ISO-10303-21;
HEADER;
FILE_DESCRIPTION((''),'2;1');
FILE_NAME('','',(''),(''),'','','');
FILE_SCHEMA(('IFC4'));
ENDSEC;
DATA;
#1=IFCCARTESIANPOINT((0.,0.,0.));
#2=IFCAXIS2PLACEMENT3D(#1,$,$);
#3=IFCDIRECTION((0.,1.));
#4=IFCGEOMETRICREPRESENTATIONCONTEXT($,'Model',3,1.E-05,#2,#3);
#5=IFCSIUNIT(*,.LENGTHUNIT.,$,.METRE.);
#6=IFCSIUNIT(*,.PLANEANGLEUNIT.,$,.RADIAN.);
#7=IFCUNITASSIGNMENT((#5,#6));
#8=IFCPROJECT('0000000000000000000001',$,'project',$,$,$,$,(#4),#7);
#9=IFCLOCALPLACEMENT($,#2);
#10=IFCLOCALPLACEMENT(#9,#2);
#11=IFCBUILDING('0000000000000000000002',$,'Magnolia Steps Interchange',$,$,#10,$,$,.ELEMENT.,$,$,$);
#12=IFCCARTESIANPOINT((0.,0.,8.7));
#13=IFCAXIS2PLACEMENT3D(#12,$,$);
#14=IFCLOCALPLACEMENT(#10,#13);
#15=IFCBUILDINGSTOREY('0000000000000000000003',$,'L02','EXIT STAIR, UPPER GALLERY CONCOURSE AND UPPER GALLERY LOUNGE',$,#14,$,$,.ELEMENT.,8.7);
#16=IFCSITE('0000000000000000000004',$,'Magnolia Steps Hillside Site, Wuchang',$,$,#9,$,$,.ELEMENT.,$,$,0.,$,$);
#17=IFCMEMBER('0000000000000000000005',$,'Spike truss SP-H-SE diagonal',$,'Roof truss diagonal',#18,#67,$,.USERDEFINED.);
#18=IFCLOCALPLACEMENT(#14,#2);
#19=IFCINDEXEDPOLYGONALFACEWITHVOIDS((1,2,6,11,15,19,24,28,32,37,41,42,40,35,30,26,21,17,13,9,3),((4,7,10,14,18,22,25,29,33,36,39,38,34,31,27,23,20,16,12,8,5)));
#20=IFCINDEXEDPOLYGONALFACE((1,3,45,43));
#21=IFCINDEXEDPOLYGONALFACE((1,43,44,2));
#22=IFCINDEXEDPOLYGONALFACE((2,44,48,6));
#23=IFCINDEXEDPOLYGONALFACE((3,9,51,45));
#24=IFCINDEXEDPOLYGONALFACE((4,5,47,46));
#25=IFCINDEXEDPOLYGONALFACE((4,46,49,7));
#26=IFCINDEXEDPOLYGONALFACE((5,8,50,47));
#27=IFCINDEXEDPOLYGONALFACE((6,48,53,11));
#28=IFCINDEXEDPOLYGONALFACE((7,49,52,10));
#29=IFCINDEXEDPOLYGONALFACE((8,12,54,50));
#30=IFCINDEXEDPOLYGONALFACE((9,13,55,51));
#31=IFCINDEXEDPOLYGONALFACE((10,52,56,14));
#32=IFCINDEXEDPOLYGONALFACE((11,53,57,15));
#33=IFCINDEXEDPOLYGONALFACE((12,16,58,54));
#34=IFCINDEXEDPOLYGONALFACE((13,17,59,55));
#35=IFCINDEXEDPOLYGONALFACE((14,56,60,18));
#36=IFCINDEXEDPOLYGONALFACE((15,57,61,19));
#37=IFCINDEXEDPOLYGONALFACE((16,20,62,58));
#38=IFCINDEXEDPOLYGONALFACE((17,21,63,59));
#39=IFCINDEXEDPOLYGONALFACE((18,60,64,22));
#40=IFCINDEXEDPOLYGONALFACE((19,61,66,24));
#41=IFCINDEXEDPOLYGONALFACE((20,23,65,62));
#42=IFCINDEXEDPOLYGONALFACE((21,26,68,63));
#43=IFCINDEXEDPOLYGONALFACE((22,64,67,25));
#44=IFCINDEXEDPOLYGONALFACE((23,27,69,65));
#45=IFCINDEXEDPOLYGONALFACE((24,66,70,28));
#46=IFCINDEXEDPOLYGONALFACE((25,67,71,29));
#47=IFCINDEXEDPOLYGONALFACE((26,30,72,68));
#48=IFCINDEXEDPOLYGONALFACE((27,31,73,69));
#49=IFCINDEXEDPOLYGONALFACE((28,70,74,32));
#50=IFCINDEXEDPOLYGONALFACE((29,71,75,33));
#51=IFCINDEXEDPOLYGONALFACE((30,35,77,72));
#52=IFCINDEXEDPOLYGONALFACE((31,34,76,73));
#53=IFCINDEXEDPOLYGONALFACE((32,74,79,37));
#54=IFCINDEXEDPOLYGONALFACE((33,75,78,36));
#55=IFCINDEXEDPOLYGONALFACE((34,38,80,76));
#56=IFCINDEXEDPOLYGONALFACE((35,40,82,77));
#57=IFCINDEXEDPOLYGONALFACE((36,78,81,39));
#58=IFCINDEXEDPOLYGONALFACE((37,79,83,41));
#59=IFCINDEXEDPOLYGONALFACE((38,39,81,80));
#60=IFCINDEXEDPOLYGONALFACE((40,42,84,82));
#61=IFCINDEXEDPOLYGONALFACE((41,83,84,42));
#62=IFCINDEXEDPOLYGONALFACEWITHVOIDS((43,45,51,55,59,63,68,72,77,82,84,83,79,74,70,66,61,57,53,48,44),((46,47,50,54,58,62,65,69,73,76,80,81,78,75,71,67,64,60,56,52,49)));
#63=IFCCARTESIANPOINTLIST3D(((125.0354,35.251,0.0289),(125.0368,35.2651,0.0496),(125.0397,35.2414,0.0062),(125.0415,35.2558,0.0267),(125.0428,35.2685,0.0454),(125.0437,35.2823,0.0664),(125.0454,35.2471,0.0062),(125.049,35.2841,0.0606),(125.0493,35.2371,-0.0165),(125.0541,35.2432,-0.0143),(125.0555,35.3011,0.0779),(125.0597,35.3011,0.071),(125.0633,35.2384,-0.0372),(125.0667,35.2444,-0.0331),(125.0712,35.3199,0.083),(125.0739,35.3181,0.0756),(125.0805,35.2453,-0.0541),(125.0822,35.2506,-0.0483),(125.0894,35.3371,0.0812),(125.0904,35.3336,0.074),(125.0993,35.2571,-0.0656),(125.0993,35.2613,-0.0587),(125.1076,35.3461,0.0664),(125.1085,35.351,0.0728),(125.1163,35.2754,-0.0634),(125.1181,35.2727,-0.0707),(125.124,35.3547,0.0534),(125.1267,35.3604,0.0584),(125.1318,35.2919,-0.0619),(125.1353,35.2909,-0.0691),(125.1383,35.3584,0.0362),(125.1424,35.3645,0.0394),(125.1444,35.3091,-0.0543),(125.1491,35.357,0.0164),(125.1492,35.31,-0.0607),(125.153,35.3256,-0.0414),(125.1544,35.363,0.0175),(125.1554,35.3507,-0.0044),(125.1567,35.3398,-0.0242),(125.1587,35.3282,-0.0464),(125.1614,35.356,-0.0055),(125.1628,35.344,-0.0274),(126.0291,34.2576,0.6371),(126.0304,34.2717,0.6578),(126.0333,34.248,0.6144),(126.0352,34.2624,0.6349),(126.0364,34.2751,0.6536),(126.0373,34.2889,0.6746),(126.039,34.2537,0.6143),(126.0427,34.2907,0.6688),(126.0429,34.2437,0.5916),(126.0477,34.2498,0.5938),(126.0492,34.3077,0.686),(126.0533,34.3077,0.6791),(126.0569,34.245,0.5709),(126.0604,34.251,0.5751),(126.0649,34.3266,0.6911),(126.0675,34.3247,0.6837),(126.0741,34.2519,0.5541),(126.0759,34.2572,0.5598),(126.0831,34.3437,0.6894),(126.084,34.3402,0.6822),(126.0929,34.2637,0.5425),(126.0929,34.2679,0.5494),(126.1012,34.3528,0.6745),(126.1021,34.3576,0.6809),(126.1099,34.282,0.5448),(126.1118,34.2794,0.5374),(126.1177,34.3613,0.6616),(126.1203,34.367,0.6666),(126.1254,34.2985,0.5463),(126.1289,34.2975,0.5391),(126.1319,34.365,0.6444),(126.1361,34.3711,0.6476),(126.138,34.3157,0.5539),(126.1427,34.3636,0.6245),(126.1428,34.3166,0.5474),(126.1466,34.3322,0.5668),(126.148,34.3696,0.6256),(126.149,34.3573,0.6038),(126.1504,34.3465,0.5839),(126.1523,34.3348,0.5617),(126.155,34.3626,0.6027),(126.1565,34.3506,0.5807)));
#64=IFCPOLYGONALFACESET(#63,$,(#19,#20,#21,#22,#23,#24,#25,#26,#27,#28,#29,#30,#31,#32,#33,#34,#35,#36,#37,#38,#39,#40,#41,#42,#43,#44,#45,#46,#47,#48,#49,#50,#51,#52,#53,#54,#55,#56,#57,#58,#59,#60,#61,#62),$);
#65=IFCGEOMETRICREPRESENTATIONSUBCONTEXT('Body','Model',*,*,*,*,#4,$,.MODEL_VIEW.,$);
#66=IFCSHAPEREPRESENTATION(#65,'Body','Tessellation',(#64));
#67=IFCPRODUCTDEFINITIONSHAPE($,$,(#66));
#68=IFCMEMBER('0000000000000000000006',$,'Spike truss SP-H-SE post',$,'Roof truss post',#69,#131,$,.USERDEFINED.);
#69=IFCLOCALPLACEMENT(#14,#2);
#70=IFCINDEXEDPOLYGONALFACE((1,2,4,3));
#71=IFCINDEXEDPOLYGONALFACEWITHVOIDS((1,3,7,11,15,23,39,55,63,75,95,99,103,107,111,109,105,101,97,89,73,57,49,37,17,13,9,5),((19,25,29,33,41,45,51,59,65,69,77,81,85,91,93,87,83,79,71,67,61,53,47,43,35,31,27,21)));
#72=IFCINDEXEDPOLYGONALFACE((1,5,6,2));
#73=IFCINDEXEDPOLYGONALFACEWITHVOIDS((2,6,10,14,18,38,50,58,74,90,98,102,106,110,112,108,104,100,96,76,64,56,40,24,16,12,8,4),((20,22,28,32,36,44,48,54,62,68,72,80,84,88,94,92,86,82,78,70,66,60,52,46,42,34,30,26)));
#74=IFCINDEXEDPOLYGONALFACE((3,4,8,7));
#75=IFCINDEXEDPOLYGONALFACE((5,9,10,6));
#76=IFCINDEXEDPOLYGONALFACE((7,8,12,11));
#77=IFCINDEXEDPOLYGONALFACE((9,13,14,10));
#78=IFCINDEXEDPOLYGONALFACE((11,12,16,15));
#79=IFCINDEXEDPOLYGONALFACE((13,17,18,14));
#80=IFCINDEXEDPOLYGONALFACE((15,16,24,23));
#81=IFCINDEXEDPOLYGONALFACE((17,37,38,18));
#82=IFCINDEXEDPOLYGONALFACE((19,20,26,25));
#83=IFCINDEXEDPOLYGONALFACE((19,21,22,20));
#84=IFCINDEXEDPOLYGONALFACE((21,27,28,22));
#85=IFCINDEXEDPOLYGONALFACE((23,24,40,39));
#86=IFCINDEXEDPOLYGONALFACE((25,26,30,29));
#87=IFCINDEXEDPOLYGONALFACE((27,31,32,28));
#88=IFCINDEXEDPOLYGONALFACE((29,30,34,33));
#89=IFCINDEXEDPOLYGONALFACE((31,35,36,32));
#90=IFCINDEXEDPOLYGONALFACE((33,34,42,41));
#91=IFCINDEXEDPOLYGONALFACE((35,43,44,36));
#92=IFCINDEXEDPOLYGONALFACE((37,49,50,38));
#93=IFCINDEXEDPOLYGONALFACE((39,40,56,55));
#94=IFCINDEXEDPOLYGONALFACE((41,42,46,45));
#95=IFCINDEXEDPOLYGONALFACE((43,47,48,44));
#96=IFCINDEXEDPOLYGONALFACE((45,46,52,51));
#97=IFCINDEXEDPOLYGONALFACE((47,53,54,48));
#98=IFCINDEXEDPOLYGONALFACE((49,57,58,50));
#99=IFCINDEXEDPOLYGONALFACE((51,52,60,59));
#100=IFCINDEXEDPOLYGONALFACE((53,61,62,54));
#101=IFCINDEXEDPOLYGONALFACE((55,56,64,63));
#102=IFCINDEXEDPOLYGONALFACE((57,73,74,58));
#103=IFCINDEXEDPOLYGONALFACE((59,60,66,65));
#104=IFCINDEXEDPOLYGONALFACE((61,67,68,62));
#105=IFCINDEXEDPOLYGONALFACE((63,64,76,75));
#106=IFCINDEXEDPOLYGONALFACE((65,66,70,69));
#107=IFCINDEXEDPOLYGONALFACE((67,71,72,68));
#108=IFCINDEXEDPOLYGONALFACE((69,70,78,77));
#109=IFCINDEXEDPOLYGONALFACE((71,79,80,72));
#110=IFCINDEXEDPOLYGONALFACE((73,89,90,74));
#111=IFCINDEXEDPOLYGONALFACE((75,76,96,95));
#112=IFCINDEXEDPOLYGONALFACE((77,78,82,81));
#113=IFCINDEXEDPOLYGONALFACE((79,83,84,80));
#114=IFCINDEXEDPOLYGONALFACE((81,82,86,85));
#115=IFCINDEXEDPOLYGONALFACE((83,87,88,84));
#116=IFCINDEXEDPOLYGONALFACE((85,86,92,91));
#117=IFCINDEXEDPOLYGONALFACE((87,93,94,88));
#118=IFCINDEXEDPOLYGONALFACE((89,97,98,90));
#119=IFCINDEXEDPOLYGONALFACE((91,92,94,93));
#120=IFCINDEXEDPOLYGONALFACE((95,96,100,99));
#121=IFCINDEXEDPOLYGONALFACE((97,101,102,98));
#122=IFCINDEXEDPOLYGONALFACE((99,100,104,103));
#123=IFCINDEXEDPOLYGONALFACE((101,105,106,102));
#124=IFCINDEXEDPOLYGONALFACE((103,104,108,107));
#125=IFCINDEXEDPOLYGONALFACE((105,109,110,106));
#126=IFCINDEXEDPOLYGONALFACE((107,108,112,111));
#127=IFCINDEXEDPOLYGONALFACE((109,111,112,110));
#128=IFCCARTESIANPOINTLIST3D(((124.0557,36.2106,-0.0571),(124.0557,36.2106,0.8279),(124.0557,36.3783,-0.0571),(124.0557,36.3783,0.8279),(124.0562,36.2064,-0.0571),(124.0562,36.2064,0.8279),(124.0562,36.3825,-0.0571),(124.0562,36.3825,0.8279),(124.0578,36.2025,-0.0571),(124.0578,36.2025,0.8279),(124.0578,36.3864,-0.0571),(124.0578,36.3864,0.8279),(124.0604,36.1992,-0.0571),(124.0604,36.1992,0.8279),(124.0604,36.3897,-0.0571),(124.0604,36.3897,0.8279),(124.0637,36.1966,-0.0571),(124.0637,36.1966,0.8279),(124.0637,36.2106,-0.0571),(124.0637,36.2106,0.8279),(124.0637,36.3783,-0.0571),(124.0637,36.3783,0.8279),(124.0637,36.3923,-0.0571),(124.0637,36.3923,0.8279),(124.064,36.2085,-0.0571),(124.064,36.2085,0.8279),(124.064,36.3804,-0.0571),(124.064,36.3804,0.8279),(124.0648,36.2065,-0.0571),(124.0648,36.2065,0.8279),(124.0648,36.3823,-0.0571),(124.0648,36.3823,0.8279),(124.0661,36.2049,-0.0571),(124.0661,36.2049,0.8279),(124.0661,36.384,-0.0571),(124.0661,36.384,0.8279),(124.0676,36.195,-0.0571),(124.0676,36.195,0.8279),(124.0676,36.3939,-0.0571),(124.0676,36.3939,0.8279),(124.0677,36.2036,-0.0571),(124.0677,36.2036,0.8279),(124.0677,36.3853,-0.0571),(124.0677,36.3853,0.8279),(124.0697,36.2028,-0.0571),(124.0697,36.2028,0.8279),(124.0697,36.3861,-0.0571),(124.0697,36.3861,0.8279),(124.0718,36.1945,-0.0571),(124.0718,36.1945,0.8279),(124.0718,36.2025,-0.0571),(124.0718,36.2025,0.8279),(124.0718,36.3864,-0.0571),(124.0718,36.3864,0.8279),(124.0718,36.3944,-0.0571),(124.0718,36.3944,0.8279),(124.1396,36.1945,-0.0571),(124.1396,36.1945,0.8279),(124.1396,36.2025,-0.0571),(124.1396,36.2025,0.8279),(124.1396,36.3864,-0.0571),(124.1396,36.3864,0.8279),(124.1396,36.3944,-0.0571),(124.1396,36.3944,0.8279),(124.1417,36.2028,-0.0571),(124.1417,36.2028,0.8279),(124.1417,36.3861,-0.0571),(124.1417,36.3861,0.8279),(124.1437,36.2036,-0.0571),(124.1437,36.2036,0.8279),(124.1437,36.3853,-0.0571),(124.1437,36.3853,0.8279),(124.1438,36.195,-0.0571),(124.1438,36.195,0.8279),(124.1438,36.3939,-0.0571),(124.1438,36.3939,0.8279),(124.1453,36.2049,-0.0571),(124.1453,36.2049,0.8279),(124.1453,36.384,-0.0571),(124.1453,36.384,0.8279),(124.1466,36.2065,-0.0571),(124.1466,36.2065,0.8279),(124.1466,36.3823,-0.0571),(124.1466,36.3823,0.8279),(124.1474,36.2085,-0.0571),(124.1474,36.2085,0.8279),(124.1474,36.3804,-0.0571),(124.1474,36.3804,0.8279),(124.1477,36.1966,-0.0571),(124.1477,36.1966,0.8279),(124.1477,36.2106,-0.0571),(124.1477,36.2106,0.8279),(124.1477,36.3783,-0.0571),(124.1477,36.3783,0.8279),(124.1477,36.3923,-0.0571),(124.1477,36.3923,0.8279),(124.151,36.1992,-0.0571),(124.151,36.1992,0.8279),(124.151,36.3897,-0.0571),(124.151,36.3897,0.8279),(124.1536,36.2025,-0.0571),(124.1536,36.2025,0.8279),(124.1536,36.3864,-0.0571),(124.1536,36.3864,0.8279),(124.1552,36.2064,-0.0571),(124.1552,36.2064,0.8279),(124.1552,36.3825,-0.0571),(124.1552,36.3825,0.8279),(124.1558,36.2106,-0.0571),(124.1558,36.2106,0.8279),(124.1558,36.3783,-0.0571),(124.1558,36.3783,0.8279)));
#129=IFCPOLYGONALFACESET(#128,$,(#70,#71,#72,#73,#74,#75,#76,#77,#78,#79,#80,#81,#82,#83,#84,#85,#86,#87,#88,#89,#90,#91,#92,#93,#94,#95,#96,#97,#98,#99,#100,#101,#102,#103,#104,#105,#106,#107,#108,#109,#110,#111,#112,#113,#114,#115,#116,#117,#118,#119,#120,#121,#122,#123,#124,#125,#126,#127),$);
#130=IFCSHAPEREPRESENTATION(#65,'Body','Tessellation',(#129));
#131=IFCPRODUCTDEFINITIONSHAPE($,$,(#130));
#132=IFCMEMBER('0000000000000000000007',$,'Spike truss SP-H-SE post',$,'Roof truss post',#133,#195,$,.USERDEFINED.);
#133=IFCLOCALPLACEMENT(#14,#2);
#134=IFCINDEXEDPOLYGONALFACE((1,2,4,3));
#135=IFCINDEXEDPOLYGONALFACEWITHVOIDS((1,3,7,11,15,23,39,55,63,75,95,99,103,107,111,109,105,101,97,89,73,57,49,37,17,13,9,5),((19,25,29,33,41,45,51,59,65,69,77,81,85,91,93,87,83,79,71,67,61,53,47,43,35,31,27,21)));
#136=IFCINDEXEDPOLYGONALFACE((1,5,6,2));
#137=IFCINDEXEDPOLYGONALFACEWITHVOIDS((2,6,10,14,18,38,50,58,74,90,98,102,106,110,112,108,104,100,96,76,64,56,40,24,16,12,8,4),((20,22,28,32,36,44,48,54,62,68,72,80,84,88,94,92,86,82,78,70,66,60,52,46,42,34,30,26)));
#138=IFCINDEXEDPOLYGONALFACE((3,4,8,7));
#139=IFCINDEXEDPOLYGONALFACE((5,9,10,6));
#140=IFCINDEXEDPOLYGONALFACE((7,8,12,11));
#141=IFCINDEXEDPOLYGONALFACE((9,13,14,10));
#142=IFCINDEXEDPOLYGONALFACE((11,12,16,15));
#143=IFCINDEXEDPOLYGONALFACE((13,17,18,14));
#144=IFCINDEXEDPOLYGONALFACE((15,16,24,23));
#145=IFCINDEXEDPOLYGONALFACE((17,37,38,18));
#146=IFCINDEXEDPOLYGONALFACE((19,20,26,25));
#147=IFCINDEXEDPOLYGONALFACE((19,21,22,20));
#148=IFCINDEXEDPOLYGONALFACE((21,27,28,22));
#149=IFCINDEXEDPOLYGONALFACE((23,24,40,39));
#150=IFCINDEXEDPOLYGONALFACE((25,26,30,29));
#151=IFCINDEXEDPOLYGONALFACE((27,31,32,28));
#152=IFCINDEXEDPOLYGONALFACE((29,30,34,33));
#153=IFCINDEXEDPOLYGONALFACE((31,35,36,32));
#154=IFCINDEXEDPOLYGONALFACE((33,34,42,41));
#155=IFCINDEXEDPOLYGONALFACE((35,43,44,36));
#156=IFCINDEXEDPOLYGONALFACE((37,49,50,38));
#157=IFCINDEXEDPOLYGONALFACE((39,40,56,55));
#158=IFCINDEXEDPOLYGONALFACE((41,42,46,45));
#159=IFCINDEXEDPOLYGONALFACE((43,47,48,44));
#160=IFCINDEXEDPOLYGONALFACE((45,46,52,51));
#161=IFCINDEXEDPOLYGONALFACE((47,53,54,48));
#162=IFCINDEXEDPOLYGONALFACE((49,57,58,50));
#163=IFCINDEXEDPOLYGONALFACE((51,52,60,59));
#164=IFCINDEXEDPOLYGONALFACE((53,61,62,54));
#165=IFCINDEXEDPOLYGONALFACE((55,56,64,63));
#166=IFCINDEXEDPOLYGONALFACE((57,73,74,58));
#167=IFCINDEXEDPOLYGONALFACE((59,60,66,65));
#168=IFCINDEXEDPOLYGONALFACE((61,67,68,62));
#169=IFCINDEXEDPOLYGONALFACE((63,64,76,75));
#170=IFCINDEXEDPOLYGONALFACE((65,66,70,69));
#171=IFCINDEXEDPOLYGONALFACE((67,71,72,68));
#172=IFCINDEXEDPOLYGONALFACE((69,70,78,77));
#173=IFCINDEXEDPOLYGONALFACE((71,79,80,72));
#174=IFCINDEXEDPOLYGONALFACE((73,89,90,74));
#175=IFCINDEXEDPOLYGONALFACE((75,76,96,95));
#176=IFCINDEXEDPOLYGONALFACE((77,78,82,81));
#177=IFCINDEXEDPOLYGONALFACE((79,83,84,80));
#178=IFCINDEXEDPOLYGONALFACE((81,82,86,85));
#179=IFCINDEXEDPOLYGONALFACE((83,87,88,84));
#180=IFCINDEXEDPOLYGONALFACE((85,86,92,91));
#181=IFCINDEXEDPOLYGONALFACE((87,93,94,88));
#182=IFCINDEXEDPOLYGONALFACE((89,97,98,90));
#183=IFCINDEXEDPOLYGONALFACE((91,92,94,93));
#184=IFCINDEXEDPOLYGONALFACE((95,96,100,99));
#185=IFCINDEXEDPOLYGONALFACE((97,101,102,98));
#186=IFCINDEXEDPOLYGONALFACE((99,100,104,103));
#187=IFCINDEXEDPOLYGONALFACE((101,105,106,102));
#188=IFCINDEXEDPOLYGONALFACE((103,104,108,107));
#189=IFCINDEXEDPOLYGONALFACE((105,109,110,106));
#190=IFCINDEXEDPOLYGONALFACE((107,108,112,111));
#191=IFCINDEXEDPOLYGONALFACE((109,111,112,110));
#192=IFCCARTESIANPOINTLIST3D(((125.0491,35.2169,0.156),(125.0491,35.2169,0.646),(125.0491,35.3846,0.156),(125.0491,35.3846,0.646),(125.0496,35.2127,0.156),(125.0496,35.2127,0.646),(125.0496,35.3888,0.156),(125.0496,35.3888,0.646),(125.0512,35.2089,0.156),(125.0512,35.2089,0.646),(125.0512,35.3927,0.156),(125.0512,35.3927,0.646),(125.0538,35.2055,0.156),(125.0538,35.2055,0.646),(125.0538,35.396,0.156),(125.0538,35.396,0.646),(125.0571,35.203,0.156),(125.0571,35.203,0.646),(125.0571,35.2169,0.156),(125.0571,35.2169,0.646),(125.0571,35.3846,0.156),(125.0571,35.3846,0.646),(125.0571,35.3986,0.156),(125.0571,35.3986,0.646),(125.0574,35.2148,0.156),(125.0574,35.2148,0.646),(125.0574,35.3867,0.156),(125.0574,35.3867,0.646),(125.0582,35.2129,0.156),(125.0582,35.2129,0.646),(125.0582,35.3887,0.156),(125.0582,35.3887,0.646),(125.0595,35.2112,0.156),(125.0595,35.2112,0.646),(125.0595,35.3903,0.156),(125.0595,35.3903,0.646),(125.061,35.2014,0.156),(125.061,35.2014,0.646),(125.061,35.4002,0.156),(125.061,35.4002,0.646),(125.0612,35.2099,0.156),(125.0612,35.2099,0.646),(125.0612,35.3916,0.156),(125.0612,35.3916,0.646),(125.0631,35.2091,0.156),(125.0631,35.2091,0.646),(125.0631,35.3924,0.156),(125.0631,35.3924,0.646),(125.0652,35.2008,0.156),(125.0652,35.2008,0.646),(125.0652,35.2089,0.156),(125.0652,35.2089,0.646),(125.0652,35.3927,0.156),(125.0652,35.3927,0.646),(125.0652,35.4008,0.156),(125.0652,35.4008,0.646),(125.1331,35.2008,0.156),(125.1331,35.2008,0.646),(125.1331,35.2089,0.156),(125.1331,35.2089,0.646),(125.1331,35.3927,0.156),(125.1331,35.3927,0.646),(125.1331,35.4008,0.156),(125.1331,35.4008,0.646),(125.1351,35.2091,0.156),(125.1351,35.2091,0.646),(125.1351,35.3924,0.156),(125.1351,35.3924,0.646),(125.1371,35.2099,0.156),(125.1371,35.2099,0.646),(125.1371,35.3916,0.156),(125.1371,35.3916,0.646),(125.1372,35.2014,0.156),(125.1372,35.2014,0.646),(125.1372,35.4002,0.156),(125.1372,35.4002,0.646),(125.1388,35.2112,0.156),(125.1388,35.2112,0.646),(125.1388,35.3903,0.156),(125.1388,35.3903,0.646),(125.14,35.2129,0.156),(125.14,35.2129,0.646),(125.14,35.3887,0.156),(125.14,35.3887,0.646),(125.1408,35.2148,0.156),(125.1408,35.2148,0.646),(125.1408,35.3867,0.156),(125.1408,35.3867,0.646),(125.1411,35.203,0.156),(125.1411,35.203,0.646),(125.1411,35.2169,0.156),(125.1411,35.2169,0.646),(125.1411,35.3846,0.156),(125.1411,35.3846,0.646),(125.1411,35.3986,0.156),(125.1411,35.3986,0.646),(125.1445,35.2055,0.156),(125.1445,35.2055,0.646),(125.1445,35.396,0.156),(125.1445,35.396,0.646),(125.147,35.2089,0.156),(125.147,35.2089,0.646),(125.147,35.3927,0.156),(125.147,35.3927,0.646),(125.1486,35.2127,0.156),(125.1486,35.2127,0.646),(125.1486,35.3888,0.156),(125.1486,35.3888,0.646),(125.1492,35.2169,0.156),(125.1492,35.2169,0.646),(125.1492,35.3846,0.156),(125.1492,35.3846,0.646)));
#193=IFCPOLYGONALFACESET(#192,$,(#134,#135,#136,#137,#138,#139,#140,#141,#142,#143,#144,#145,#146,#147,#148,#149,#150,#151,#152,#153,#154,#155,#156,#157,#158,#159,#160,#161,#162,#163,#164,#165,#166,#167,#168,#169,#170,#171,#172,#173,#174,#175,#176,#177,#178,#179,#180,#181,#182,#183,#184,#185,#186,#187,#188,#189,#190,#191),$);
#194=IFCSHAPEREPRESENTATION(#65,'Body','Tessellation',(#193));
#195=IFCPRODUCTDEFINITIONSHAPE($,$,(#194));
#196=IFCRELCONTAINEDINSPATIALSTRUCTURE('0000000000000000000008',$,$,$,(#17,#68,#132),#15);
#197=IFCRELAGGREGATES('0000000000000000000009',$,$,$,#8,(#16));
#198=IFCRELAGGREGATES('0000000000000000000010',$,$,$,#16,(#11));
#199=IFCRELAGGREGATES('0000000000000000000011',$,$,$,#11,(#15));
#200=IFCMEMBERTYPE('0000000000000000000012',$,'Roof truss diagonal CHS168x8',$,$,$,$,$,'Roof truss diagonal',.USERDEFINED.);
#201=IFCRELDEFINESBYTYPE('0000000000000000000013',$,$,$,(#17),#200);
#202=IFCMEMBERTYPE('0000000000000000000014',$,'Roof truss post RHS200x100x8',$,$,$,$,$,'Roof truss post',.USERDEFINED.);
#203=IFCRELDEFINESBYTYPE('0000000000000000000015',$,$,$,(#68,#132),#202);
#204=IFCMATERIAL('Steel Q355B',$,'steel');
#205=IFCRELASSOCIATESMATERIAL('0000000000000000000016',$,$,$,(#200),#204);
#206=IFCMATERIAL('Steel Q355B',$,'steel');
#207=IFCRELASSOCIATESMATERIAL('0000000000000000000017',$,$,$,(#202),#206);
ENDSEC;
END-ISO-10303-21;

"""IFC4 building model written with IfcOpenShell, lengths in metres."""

from ifc_helpers import new_model, si_unit, direction, frame, origin, origin_2d, place, context, subcontext, project, spatial, hollow_rectangle, hollow_circle, extrude, material, material_profile, profile_set, type_object, element, save


model = new_model("IFC4")

# Units and contexts
model_context = context("Model", 3, precision=1e-05, world=origin(), true_north=direction((0.0, 1.0)))
body_context = subcontext(model_context, "Body", "Model", "MODEL_VIEW")
ifc_project = project(units=[si_unit("LENGTHUNIT", "METRE"), si_unit("PLANEANGLEUNIT", "RADIAN")], contexts=[model_context])

# Site, building, storey
site_placement = place(None, origin())
site = spatial("IfcSite", under=ifc_project, at=site_placement, Name="Magnolia Steps Hillside Site, Wuchang", CompositionType="ELEMENT", RefElevation=0.0)
building_placement = place(site_placement, origin())
building = spatial("IfcBuilding", under=site, at=building_placement, Name="Magnolia Steps Interchange", CompositionType="ELEMENT")
storey_placement = place(building_placement, frame((0.0, 0.0, 8.7)))
storey = spatial("IfcBuildingStorey", under=building, at=storey_placement, Name="L02", Description="EXIT STAIR, UPPER GALLERY CONCOURSE AND UPPER GALLERY LOUNGE", CompositionType="ELEMENT", Elevation=8.7)

# Members
ifc_material_1 = material(Name="Steel Q355B", Category="steel")
ifc_material_profile_1 = material_profile(ifc_material_1, hollow_circle(Radius=0.084, WallThickness=0.0081, at=origin_2d()), Name="CHS168x8")
ifc_profile_set_1 = profile_set([ifc_material_profile_1], Name="Steel Q355B")
member_type_1 = type_object("IfcMemberType", Name="Roof truss diagonal CHS168x8", ElementType="Roof truss diagonal", PredefinedType="USERDEFINED", material=ifc_profile_set_1)
member_1_placement = place(storey_placement, frame((125.0991, 35.3008, 0.0061), z_axis=(0.649009, -0.648849, 0.397219), x_axis=(0.657786, 0.740912, 0.135521)))
element("IfcMember", 1, at=member_1_placement, inside=storey, type_object=member_type_1, Name="Spike truss SP-H-SE diagonal", ObjectType="Roof truss diagonal", PredefinedType="USERDEFINED", context=body_context, shape_type="SweptSolid", body=[
    extrude(hollow_circle(Radius=0.084, WallThickness=0.0081, at=origin_2d()), origin(), (0.0, 0.0, 1.0), 1.531),
])
ifc_material_2 = material(Name="Steel Q355B", Category="steel")
ifc_material_profile_2 = material_profile(ifc_material_2, hollow_rectangle(XDim=0.1001, YDim=0.2, WallThickness=0.0081, InnerFilletRadius=0.0081, OuterFilletRadius=0.0161, at=origin_2d()), Name="RHS200x100x8")
ifc_profile_set_2 = profile_set([ifc_material_profile_2], Name="Steel Q355B")
member_type_2 = type_object("IfcMemberType", Name="Roof truss post RHS200x100x8", ElementType="Roof truss post", PredefinedType="USERDEFINED", material=ifc_profile_set_2)
member_2_placement = place(storey_placement, frame((124.1057, 36.2944, -0.0571), z_axis=(0.0, 0.0, 1.0), x_axis=(1.0, 0.0, 0.0)))
element("IfcMember", 2, at=member_2_placement, inside=storey, type_object=member_type_2, Name="Spike truss SP-H-SE post", ObjectType="Roof truss post", PredefinedType="USERDEFINED", context=body_context, shape_type="SweptSolid", body=[
    extrude(hollow_rectangle(XDim=0.1001, YDim=0.2, WallThickness=0.0081, InnerFilletRadius=0.0081, OuterFilletRadius=0.0161, at=origin_2d()), origin(), (0.0, 0.0, 1.0), 0.885),
])
member_3_placement = place(storey_placement, frame((125.0991, 35.3008, 0.156), z_axis=(0.0, 0.0, 1.0), x_axis=(1.0, 0.0, 0.0)))
element("IfcMember", 3, at=member_3_placement, inside=storey, type_object=member_type_2, Name="Spike truss SP-H-SE post", ObjectType="Roof truss post", PredefinedType="USERDEFINED", context=body_context, shape_type="SweptSolid", body=[
    extrude(hollow_rectangle(XDim=0.1001, YDim=0.2, WallThickness=0.0081, InnerFilletRadius=0.0081, OuterFilletRadius=0.0161, at=origin_2d()), origin(), (0.0, 0.0, 1.0), 0.49),
])

save(model, "model.ifc")
